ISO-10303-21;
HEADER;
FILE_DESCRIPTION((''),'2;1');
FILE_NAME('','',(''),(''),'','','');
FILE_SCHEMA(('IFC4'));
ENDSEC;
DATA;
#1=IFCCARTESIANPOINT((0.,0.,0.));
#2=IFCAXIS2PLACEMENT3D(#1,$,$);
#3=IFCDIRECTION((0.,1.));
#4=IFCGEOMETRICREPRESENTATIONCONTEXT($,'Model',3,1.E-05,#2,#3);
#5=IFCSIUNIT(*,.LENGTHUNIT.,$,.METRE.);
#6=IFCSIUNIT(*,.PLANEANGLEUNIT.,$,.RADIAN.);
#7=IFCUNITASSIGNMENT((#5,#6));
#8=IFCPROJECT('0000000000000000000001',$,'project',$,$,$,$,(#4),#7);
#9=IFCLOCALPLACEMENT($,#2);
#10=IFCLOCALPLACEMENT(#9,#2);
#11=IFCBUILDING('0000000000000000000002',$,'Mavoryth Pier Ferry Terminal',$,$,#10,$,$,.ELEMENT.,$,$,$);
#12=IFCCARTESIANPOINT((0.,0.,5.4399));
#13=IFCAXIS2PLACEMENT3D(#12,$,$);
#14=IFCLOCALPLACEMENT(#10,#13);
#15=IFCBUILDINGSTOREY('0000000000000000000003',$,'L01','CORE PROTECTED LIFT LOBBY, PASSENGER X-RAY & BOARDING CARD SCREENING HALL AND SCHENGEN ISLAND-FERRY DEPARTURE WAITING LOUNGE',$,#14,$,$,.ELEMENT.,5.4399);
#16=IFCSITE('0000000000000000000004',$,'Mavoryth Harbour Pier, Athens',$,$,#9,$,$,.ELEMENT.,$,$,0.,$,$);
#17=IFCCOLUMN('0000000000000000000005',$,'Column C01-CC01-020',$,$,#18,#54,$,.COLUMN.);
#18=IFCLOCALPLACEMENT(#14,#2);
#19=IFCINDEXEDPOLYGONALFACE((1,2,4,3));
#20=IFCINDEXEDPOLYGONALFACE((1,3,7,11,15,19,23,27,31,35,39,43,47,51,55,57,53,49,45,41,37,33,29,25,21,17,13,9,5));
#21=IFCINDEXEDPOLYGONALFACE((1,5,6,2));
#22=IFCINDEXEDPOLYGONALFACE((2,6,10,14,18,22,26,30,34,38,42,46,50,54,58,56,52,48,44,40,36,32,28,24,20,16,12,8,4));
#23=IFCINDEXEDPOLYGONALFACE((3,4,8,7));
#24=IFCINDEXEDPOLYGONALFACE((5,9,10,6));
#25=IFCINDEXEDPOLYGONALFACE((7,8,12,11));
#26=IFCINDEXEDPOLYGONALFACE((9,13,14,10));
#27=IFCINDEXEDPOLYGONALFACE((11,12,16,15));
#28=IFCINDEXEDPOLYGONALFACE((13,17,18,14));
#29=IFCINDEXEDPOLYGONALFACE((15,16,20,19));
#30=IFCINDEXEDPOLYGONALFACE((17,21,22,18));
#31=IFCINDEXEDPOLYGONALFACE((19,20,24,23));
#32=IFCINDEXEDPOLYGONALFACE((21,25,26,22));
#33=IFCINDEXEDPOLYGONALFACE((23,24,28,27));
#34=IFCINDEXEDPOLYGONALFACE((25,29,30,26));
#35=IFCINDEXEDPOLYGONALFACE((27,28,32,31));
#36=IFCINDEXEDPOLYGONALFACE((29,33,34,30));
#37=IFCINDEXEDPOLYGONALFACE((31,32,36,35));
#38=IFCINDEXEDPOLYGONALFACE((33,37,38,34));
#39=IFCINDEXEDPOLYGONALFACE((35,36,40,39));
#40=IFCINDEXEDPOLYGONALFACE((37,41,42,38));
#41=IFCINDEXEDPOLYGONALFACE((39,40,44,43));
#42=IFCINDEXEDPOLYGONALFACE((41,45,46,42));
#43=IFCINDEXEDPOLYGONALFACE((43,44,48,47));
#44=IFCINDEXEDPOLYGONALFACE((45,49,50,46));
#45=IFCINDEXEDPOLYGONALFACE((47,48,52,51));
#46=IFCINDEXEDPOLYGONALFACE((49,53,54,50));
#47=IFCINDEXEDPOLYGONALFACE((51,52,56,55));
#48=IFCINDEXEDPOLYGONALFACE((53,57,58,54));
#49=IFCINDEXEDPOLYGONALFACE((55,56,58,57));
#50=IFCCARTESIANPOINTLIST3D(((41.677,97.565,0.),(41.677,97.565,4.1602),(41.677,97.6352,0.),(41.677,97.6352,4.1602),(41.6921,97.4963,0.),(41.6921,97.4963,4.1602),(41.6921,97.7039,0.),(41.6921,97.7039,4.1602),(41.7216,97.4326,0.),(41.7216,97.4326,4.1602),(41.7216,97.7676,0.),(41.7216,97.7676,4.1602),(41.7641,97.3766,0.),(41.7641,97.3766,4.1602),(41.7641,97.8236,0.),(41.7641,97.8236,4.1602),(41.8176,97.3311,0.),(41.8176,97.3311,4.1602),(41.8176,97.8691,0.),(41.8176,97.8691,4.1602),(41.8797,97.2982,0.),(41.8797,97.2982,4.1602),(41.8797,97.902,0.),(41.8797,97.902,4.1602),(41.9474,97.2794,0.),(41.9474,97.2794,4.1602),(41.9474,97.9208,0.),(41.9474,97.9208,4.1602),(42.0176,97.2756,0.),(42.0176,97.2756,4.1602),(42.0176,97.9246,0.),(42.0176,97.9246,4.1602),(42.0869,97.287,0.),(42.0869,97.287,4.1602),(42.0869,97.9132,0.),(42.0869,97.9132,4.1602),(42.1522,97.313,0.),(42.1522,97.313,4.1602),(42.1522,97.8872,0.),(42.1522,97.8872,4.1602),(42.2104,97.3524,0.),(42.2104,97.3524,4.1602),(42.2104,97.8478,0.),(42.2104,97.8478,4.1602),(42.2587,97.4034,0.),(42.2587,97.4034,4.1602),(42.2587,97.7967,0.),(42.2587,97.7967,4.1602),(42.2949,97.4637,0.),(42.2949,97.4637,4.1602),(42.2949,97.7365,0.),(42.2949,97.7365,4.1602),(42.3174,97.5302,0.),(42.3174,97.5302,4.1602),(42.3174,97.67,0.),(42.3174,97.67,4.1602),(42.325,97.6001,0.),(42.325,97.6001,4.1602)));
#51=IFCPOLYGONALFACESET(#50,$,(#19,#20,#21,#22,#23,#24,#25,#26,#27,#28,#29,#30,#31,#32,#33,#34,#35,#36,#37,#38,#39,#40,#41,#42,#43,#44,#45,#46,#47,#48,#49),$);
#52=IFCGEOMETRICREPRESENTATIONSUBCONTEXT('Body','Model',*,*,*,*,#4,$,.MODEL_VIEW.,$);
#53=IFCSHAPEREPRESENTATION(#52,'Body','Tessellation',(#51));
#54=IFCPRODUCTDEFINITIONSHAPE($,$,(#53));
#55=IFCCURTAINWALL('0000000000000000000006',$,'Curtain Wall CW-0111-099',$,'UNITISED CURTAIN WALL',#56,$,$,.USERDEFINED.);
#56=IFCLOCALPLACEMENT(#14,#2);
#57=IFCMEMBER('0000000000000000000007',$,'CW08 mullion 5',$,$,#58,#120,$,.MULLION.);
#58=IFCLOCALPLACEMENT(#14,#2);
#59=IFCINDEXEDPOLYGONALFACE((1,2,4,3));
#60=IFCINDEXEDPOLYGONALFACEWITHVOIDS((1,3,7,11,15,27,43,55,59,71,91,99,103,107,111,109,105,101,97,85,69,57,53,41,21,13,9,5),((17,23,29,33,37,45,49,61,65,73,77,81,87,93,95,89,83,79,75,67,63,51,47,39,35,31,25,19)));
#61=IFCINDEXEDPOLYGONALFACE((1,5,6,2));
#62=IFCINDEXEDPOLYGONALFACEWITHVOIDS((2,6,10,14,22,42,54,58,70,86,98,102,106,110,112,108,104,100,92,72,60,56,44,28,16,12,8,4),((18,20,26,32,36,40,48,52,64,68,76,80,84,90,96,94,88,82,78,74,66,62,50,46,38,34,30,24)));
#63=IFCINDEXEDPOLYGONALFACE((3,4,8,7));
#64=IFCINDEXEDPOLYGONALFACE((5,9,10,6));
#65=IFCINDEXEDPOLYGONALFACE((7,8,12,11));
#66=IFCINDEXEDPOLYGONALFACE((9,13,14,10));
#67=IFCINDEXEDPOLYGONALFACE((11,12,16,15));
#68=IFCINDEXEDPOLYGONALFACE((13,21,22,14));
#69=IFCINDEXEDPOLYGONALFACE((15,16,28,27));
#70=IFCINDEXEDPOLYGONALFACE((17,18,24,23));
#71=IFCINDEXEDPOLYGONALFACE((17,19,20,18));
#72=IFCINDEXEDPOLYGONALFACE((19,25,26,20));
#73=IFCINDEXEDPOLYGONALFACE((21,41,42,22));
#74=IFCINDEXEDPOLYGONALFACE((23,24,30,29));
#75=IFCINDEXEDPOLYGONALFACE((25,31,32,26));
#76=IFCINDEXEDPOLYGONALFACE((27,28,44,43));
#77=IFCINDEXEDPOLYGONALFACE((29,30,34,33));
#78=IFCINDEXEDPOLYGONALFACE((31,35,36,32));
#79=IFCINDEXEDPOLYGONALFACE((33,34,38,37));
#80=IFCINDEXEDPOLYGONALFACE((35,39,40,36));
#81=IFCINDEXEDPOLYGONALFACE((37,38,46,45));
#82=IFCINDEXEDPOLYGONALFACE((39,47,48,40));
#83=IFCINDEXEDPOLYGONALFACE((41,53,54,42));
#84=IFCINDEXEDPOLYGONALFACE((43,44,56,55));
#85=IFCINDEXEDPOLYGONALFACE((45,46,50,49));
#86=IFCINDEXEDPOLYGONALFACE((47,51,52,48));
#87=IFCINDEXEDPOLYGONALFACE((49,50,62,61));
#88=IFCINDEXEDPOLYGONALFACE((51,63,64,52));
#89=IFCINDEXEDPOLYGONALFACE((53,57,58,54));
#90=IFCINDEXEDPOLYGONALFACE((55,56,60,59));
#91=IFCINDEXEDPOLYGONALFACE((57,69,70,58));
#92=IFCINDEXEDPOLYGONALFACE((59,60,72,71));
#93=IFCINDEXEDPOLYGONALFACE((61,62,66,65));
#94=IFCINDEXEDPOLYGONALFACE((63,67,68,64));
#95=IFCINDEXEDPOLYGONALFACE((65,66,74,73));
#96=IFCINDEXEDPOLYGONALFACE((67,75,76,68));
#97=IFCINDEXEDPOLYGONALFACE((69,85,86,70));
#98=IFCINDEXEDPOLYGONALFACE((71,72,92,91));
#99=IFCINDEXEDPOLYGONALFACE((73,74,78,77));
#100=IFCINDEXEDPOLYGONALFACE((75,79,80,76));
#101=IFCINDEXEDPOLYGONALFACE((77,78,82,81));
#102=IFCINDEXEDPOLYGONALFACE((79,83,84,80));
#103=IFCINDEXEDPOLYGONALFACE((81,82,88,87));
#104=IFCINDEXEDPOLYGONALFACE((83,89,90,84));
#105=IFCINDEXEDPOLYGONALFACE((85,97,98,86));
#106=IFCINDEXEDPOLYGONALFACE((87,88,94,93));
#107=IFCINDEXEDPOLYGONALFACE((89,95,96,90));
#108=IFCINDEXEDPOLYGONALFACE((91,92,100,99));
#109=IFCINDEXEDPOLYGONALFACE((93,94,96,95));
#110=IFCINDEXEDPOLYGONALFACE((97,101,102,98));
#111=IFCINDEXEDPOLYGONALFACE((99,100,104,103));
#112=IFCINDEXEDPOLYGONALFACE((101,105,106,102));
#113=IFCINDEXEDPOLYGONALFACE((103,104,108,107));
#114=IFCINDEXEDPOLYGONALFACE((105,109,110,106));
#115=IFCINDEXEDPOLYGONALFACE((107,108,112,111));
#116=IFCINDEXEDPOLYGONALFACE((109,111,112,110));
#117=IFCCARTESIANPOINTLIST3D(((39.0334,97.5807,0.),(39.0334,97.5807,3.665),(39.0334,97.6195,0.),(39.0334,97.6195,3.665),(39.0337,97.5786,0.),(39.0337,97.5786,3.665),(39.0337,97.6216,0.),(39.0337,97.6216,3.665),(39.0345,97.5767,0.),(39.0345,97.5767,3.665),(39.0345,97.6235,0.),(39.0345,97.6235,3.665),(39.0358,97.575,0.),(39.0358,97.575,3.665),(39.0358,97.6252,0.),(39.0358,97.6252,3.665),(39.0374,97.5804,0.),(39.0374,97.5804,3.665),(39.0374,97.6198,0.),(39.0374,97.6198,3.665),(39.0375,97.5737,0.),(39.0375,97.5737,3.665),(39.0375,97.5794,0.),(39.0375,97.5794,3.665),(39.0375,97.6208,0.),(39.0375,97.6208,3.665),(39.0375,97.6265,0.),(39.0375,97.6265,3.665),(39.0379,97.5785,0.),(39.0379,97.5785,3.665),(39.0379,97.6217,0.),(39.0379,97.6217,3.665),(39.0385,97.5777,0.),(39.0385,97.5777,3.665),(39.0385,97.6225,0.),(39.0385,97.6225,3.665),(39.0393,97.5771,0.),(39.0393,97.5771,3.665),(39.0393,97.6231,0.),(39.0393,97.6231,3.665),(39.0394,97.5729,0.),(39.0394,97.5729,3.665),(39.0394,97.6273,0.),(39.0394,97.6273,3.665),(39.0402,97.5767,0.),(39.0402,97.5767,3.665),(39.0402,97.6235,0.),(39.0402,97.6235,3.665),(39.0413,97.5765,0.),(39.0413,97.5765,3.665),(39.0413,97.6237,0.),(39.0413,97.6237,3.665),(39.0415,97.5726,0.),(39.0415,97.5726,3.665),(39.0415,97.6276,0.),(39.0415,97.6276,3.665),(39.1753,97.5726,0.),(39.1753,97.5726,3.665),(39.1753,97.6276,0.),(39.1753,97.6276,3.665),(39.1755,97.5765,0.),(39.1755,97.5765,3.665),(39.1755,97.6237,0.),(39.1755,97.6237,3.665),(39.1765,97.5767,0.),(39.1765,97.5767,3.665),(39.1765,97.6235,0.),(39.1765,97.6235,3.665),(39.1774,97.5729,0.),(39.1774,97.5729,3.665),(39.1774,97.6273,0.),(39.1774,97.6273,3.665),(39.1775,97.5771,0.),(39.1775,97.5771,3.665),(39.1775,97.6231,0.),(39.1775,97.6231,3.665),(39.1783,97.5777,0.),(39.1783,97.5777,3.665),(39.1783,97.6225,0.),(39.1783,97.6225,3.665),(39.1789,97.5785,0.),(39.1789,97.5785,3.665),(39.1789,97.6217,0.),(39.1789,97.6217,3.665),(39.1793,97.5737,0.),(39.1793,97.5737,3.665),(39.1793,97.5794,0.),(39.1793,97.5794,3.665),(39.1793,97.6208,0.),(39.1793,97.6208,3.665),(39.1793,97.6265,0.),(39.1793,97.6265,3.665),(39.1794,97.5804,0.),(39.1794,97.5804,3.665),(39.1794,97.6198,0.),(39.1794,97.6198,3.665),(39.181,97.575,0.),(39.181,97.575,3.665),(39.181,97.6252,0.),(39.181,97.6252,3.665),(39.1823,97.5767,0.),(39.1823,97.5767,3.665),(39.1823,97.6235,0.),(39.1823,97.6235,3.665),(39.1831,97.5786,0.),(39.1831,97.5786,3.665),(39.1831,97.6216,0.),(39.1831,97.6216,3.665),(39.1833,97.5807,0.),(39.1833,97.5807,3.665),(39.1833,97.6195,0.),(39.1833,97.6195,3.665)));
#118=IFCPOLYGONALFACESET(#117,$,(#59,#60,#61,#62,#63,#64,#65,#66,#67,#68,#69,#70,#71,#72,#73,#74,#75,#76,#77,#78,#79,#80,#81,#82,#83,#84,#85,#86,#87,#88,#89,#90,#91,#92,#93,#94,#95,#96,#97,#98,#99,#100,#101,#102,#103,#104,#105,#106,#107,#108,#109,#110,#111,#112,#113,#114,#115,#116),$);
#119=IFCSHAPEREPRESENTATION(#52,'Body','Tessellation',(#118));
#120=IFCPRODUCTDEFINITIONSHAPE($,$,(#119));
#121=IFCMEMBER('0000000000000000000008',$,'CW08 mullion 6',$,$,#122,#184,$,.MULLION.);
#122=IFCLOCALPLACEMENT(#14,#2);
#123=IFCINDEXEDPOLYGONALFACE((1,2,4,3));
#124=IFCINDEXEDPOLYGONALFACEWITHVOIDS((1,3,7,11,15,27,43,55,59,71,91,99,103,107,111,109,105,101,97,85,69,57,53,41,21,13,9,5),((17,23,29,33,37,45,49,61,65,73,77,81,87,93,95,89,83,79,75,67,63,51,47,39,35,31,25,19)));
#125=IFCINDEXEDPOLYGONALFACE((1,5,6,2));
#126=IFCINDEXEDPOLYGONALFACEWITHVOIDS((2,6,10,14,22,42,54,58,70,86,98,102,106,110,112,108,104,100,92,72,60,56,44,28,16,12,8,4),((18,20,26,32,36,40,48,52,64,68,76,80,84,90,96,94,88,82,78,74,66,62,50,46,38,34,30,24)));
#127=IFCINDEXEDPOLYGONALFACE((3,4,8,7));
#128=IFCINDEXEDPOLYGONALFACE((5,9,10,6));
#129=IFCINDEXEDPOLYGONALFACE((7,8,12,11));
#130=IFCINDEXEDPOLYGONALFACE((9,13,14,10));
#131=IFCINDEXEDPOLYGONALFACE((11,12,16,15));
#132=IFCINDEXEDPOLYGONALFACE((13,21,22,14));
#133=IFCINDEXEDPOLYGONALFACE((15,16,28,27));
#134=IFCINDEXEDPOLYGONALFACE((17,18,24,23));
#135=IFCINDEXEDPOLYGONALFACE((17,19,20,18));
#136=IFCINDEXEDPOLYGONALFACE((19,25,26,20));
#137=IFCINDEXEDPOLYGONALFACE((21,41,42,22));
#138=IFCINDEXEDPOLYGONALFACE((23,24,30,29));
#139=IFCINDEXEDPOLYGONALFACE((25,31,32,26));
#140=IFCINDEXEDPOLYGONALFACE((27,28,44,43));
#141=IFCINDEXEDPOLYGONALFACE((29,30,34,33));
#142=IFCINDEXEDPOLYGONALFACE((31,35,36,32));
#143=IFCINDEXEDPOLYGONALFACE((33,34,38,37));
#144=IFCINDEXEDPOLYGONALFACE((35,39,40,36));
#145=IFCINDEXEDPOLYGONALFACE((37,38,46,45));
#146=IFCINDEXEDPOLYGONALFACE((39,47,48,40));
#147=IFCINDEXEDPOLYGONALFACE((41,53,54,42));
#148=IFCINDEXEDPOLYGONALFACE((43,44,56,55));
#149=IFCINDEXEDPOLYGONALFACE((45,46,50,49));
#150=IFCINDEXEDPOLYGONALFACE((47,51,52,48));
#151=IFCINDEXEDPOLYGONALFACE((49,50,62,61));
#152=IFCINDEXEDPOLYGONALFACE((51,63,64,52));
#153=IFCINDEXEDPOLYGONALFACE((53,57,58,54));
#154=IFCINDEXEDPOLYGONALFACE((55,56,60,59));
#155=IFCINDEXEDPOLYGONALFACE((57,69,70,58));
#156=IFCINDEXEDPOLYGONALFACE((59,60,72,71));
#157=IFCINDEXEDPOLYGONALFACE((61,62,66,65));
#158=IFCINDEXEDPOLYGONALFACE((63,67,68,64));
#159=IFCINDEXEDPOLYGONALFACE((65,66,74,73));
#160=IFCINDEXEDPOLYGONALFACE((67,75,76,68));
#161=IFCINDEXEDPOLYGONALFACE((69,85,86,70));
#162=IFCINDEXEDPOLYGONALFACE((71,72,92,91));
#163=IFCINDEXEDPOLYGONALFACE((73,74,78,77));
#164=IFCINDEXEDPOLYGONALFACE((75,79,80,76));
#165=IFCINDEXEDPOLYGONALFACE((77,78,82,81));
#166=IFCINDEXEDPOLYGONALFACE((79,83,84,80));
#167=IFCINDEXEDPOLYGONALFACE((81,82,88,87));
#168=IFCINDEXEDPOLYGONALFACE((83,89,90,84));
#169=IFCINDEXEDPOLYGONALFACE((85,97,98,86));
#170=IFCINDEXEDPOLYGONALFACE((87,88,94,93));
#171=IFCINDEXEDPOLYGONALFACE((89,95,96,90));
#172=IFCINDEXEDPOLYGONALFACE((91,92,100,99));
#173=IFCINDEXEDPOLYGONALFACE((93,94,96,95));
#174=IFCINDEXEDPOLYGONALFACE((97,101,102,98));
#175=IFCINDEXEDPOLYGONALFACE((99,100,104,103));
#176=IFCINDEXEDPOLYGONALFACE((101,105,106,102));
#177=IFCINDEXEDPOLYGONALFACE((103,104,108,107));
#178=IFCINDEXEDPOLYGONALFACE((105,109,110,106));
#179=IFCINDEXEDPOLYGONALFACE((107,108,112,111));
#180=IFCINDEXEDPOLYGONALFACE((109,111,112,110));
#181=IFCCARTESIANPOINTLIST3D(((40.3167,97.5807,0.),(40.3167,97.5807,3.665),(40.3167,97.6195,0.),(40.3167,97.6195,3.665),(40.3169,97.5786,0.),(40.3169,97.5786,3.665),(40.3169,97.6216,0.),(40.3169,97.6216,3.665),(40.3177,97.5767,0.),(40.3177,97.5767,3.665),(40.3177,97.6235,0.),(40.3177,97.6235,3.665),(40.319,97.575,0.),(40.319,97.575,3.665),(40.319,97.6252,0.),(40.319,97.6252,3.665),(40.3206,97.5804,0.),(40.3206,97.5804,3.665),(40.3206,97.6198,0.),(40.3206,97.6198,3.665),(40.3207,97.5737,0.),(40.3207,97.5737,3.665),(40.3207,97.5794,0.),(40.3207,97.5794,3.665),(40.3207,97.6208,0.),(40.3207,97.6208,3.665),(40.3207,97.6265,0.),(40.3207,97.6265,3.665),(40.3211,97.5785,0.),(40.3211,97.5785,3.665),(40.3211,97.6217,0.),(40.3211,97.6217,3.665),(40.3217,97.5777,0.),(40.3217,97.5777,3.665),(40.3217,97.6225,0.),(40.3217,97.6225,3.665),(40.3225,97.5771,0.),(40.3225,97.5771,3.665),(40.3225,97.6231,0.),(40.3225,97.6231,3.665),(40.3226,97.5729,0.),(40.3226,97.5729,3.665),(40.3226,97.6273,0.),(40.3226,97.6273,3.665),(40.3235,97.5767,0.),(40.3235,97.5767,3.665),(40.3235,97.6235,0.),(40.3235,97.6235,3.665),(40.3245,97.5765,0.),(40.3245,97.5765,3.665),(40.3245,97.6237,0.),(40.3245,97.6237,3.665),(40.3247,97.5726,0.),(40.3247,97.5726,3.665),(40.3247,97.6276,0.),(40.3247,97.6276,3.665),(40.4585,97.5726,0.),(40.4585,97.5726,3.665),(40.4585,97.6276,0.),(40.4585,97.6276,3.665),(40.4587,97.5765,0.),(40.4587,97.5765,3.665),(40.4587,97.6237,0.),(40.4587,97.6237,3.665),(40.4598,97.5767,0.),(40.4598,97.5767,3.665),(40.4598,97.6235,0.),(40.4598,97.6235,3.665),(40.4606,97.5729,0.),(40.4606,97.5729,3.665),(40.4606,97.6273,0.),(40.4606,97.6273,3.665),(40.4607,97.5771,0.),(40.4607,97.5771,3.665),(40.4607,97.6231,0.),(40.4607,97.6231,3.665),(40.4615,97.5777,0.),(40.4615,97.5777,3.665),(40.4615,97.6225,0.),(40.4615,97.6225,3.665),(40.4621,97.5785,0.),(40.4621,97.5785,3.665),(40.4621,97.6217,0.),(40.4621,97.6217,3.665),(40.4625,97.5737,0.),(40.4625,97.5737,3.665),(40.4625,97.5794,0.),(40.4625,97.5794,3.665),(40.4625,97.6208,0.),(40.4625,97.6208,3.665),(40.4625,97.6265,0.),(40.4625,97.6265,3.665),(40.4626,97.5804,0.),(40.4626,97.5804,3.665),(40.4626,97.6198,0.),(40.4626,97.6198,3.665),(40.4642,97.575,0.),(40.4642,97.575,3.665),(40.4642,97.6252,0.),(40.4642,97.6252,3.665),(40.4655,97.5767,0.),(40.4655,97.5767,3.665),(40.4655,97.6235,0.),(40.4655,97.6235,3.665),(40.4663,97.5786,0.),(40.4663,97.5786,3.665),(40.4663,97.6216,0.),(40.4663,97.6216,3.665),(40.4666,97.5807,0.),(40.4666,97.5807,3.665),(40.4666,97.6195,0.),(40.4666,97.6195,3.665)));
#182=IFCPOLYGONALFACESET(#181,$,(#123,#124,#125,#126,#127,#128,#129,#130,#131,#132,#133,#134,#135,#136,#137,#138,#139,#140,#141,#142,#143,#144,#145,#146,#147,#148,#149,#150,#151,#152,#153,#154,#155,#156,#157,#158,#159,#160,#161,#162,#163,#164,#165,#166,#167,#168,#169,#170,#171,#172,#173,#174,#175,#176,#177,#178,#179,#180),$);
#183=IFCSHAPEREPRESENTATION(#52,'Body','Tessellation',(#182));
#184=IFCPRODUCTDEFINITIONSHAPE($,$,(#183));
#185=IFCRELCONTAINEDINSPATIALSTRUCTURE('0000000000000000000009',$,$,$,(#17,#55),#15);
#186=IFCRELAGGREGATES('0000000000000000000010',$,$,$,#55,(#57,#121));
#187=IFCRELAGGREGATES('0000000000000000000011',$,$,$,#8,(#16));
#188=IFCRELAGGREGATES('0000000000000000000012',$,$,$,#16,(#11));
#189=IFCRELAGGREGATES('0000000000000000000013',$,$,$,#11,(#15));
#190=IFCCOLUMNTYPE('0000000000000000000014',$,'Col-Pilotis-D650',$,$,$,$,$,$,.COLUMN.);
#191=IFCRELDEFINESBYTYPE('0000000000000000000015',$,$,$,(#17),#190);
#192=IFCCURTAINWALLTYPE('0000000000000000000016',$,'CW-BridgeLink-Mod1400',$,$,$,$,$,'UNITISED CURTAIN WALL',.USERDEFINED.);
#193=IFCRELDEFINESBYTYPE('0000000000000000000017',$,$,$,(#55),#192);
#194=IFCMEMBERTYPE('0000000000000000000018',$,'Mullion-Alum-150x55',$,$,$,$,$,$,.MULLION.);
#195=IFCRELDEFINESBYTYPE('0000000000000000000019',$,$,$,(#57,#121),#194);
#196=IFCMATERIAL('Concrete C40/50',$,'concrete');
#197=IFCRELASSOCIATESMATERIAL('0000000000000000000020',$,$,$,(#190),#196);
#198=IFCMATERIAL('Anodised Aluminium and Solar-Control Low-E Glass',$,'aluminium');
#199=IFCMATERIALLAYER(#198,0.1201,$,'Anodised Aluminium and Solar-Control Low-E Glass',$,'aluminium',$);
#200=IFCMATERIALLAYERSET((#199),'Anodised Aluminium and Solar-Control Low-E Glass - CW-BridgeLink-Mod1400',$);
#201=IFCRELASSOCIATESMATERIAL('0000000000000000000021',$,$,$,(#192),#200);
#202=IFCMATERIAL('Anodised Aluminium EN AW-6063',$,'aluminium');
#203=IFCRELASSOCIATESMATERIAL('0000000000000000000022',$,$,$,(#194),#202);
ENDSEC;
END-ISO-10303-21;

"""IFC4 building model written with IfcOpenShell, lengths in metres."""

from ifc_helpers import new_model, si_unit, direction, frame, origin, origin_2d, place, context, subcontext, project, spatial, hollow_rectangle, circle, extrude, material, layer, layer_set, material_profile, profile_set, type_object, element, aggregate, save


model = new_model("IFC4")

# Units and contexts
model_context = context("Model", 3, precision=1e-05, world=origin(), true_north=direction((0.0, 1.0)))
body_context = subcontext(model_context, "Body", "Model", "MODEL_VIEW")
ifc_project = project(units=[si_unit("LENGTHUNIT", "METRE"), si_unit("PLANEANGLEUNIT", "RADIAN")], contexts=[model_context])

# Site, building, storey
site_placement = place(None, origin())
site = spatial("IfcSite", under=ifc_project, at=site_placement, Name="Mavoryth Harbour Pier, Athens", CompositionType="ELEMENT", RefElevation=0.0)
building_placement = place(site_placement, origin())
building = spatial("IfcBuilding", under=site, at=building_placement, Name="Mavoryth Pier Ferry Terminal", CompositionType="ELEMENT")
storey_placement = place(building_placement, frame((0.0, 0.0, 5.4399)))
storey = spatial("IfcBuildingStorey", under=building, at=storey_placement, Name="L01", Description="CORE PROTECTED LIFT LOBBY, PASSENGER X-RAY & BOARDING CARD SCREENING HALL AND SCHENGEN ISLAND-FERRY DEPARTURE WAITING LOUNGE", CompositionType="ELEMENT", Elevation=5.4399)

# Column
ifc_material_1 = material(Name="Concrete C40/50", Category="concrete")
ifc_material_profile_1 = material_profile(ifc_material_1, circle(Radius=0.325, at=origin_2d()), Name="RC D650", Category="concrete")
ifc_profile_set_1 = profile_set([ifc_material_profile_1], Name="Concrete C40/50 - RC D650")
column_type = type_object("IfcColumnType", Name="Col-Pilotis-D650", PredefinedType="COLUMN", material=ifc_profile_set_1)
column_placement = place(storey_placement, frame((42.0, 97.6001, 0.0), z_axis=(0.0, 0.0, 1.0), x_axis=(1.0, 0.0, 0.0)))
element("IfcColumn", 1, at=column_placement, inside=storey, type_object=column_type, Name="Column C01-CC01-020", PredefinedType="COLUMN", context=body_context, shape_type="SweptSolid", body=[
    extrude(circle(Radius=0.325, at=origin_2d()), origin(), (0.0, 0.0, 1.0), 4.1602),
])

# Curtain wall, members
ifc_material_2 = material(Name="Anodised Aluminium and Solar-Control Low-E Glass", Category="aluminium")
ifc_layer_1 = layer(ifc_material_2, 0.1201, Name="Anodised Aluminium and Solar-Control Low-E Glass", Category="aluminium")
ifc_layer_set_1 = layer_set([ifc_layer_1], Name="Anodised Aluminium and Solar-Control Low-E Glass - CW-BridgeLink-Mod1400")
curtain_wall_type = type_object("IfcCurtainWallType", Name="CW-BridgeLink-Mod1400", ElementType="UNITISED CURTAIN WALL", PredefinedType="USERDEFINED", material=ifc_layer_set_1)
curtain_wall_1_placement = place(storey_placement, origin())
curtain_wall_1 = element("IfcCurtainWall", 2, at=curtain_wall_1_placement, inside=storey, type_object=curtain_wall_type, Name="Curtain Wall CW-0111-099", ObjectType="UNITISED CURTAIN WALL", PredefinedType="USERDEFINED")
ifc_material_3 = material(Name="Anodised Aluminium EN AW-6063", Category="aluminium")
ifc_material_profile_2 = material_profile(ifc_material_3, hollow_rectangle(XDim=0.0549, YDim=0.1499, WallThickness=0.0039, InnerFilletRadius=0.0039, OuterFilletRadius=0.0081, at=origin_2d()), Name="AL-MULL 150x55x4", Category="aluminium")
ifc_profile_set_2 = profile_set([ifc_material_profile_2], Name="Anodised Aluminium EN AW-6063 - AL-MULL 150x55x4")
member_type_1 = type_object("IfcMemberType", Name="Mullion-Alum-150x55", PredefinedType="MULLION", material=ifc_profile_set_2)
member_1_placement = place(storey_placement, frame((39.1084, 97.6001, 0.0), z_axis=(0.0, 0.0, 1.0), x_axis=(0.0, 1.0, 0.0)))
member_1 = element("IfcMember", 3, at=member_1_placement, type_object=member_type_1, Name="CW08 mullion 5", PredefinedType="MULLION", context=body_context, shape_type="SweptSolid", body=[
    extrude(hollow_rectangle(XDim=0.0549, YDim=0.1499, WallThickness=0.0039, InnerFilletRadius=0.0039, OuterFilletRadius=0.0081, at=origin_2d()), origin(), (0.0, 0.0, 1.0), 3.665),
])
member_2_placement = place(storey_placement, frame((40.3916, 97.6001, 0.0), z_axis=(0.0, 0.0, 1.0), x_axis=(0.0, 1.0, 0.0)))
member_2 = element("IfcMember", 4, at=member_2_placement, type_object=member_type_1, Name="CW08 mullion 6", PredefinedType="MULLION", context=body_context, shape_type="SweptSolid", body=[
    extrude(hollow_rectangle(XDim=0.0549, YDim=0.1499, WallThickness=0.0039, InnerFilletRadius=0.0039, OuterFilletRadius=0.0081, at=origin_2d()), origin(), (0.0, 0.0, 1.0), 3.665),
])

aggregate(curtain_wall_1, [member_1, member_2])

save(model, "model.ifc")
